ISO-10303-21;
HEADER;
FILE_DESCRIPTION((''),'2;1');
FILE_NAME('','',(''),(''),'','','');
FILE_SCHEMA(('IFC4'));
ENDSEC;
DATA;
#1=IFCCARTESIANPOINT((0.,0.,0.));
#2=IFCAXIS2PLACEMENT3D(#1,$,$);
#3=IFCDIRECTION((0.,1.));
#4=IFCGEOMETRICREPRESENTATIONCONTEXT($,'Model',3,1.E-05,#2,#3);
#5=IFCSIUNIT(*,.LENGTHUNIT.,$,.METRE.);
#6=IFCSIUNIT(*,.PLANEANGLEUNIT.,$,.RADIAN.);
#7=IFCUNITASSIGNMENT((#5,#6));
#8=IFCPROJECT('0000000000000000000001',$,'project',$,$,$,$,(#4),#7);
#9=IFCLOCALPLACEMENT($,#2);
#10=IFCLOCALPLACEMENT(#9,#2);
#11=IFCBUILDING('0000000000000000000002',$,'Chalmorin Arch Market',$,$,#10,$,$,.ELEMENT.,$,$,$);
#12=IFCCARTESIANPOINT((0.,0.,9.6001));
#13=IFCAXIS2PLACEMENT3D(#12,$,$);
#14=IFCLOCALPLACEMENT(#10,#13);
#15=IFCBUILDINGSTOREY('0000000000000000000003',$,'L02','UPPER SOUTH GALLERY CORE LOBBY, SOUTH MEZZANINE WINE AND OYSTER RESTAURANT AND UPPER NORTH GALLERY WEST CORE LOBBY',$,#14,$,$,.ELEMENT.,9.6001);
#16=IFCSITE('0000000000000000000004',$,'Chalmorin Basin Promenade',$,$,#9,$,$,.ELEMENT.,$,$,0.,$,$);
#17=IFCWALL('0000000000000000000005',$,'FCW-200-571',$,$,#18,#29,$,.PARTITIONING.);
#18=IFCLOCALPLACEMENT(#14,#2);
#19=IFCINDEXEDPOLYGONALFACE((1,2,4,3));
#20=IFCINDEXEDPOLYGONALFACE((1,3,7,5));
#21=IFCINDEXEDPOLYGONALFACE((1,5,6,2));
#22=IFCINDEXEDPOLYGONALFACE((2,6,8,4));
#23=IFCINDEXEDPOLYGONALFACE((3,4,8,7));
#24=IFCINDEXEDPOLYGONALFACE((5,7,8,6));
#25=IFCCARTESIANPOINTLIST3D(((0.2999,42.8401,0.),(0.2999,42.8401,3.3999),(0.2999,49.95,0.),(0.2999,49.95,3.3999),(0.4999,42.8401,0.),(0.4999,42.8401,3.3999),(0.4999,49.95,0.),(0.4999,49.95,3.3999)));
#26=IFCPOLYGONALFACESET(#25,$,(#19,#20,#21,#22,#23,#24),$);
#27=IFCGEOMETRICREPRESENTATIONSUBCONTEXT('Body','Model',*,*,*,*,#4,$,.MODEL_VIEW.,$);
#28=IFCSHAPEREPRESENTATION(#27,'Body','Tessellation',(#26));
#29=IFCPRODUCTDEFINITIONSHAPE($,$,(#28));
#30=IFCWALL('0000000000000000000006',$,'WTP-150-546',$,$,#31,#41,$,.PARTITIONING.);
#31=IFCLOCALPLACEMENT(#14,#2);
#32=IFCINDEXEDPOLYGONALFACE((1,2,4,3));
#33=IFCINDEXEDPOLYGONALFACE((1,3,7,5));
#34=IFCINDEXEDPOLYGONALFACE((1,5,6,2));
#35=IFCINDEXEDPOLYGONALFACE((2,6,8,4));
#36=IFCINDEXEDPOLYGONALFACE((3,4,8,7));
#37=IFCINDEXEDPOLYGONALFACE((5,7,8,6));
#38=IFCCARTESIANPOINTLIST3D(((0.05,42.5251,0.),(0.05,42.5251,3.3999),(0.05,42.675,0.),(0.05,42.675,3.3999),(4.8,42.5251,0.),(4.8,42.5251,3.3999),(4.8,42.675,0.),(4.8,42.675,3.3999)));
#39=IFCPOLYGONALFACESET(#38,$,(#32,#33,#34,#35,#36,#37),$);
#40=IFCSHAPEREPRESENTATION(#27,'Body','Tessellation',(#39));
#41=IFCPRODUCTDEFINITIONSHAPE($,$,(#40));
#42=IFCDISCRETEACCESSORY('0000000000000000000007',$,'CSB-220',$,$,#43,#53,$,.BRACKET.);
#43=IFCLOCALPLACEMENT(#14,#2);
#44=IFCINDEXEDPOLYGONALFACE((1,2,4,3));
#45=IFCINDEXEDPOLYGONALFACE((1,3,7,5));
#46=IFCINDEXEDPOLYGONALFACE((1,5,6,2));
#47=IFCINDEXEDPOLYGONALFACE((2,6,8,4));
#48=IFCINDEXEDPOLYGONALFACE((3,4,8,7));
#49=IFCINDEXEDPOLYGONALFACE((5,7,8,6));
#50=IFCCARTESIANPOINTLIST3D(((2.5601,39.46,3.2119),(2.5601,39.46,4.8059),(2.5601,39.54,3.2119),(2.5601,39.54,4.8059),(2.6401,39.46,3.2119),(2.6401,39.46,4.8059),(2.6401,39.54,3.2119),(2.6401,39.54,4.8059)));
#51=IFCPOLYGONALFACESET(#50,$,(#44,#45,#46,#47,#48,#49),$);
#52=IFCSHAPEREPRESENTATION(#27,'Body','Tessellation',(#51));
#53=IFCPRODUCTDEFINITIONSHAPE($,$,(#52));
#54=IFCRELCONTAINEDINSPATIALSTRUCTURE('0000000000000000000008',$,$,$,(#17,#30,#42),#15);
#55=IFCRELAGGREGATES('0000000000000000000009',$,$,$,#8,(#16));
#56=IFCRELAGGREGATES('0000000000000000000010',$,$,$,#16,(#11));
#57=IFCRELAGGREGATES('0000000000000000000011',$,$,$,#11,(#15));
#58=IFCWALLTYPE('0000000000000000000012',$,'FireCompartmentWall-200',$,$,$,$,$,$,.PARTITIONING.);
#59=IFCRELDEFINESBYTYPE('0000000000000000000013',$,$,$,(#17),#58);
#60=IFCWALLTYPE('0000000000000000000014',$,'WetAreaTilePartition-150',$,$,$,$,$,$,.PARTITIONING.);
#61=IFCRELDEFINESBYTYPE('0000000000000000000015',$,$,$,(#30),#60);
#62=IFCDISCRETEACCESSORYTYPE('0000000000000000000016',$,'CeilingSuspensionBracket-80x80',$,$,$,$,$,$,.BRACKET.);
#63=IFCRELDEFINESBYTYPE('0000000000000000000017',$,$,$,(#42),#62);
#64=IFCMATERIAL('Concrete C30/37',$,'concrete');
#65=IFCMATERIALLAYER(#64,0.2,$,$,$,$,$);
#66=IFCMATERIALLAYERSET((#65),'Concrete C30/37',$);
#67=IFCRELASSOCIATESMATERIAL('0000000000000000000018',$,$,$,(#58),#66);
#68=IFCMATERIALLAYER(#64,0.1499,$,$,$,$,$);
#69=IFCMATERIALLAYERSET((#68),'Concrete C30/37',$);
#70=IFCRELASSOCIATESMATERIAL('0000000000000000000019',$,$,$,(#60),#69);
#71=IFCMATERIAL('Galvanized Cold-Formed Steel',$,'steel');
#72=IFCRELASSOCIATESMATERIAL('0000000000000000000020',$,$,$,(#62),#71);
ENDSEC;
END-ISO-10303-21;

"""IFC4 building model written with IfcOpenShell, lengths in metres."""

from ifc_helpers import new_model, si_unit, direction, frame, frame_2d, origin, origin_2d, place, context, subcontext, project, spatial, rectangle, extrude, material, layer, layer_set, type_object, element, save


model = new_model("IFC4")

# Units and contexts
model_context = context("Model", 3, precision=1e-05, world=origin(), true_north=direction((0.0, 1.0)))
body_context = subcontext(model_context, "Body", "Model", "MODEL_VIEW")
ifc_project = project(units=[si_unit("LENGTHUNIT", "METRE"), si_unit("PLANEANGLEUNIT", "RADIAN")], contexts=[model_context])

# Site, building, storey
site_placement = place(None, origin())
site = spatial("IfcSite", under=ifc_project, at=site_placement, Name="Chalmorin Basin Promenade", CompositionType="ELEMENT", RefElevation=0.0)
building_placement = place(site_placement, origin())
building = spatial("IfcBuilding", under=site, at=building_placement, Name="Chalmorin Arch Market", CompositionType="ELEMENT")
storey_placement = place(building_placement, frame((0.0, 0.0, 9.6001)))
storey = spatial("IfcBuildingStorey", under=building, at=storey_placement, Name="L02", Description="UPPER SOUTH GALLERY CORE LOBBY, SOUTH MEZZANINE WINE AND OYSTER RESTAURANT AND UPPER NORTH GALLERY WEST CORE LOBBY", CompositionType="ELEMENT", Elevation=9.6001)

# Walls
ifc_material_1 = material(Name="Concrete C30/37", Category="concrete")
ifc_layer_1 = layer(ifc_material_1, 0.2)
ifc_layer_set_1 = layer_set([ifc_layer_1], Name="Concrete C30/37")
wall_type_1 = type_object("IfcWallType", Name="FireCompartmentWall-200", PredefinedType="PARTITIONING", material=ifc_layer_set_1)
wall_1_placement = place(storey_placement, frame((0.3999, 42.8401, 0.0), z_axis=(0.0, 0.0, 1.0), x_axis=(0.0, 1.0, 0.0)))
element("IfcWall", 1, at=wall_1_placement, inside=storey, type_object=wall_type_1, Name="FCW-200-571", PredefinedType="PARTITIONING", context=body_context, shape_type="SweptSolid", body=[
    extrude(rectangle(XDim=7.1099, YDim=0.2, at=frame_2d((3.5549, 0.0))), origin(), (0.0, 0.0, 1.0), 3.3999),
])
ifc_layer_2 = layer(ifc_material_1, 0.1499)
ifc_layer_set_2 = layer_set([ifc_layer_2], Name="Concrete C30/37")
wall_type_2 = type_object("IfcWallType", Name="WetAreaTilePartition-150", PredefinedType="PARTITIONING", material=ifc_layer_set_2)
wall_2_placement = place(storey_placement, frame((0.05, 42.6001, 0.0), z_axis=(0.0, 0.0, 1.0), x_axis=(1.0, 0.0, 0.0)))
element("IfcWall", 2, at=wall_2_placement, inside=storey, type_object=wall_type_2, Name="WTP-150-546", PredefinedType="PARTITIONING", context=body_context, shape_type="SweptSolid", body=[
    extrude(rectangle(XDim=4.75, YDim=0.1499, at=frame_2d((2.375, 0.0))), origin(), (0.0, 0.0, 1.0), 3.3999),
])

# Discrete accessory
ifc_material_2 = material(Name="Galvanized Cold-Formed Steel", Category="steel")
discrete_accessory_type = type_object("IfcDiscreteAccessoryType", Name="CeilingSuspensionBracket-80x80", PredefinedType="BRACKET", material=ifc_material_2)
discrete_accessory_placement = place(storey_placement, frame((2.6001, 39.5, 3.2119), z_axis=(0.0, 0.0, 1.0), x_axis=(1.0, 0.0, 0.0)))
element("IfcDiscreteAccessory", 3, at=discrete_accessory_placement, inside=storey, type_object=discrete_accessory_type, Name="CSB-220", PredefinedType="BRACKET", context=body_context, shape_type="SweptSolid", body=[
    extrude(rectangle(XDim=0.0801, YDim=0.0801, at=origin_2d()), origin(), (0.0, 0.0, 1.0), 1.594),
])

save(model, "model.ifc")
